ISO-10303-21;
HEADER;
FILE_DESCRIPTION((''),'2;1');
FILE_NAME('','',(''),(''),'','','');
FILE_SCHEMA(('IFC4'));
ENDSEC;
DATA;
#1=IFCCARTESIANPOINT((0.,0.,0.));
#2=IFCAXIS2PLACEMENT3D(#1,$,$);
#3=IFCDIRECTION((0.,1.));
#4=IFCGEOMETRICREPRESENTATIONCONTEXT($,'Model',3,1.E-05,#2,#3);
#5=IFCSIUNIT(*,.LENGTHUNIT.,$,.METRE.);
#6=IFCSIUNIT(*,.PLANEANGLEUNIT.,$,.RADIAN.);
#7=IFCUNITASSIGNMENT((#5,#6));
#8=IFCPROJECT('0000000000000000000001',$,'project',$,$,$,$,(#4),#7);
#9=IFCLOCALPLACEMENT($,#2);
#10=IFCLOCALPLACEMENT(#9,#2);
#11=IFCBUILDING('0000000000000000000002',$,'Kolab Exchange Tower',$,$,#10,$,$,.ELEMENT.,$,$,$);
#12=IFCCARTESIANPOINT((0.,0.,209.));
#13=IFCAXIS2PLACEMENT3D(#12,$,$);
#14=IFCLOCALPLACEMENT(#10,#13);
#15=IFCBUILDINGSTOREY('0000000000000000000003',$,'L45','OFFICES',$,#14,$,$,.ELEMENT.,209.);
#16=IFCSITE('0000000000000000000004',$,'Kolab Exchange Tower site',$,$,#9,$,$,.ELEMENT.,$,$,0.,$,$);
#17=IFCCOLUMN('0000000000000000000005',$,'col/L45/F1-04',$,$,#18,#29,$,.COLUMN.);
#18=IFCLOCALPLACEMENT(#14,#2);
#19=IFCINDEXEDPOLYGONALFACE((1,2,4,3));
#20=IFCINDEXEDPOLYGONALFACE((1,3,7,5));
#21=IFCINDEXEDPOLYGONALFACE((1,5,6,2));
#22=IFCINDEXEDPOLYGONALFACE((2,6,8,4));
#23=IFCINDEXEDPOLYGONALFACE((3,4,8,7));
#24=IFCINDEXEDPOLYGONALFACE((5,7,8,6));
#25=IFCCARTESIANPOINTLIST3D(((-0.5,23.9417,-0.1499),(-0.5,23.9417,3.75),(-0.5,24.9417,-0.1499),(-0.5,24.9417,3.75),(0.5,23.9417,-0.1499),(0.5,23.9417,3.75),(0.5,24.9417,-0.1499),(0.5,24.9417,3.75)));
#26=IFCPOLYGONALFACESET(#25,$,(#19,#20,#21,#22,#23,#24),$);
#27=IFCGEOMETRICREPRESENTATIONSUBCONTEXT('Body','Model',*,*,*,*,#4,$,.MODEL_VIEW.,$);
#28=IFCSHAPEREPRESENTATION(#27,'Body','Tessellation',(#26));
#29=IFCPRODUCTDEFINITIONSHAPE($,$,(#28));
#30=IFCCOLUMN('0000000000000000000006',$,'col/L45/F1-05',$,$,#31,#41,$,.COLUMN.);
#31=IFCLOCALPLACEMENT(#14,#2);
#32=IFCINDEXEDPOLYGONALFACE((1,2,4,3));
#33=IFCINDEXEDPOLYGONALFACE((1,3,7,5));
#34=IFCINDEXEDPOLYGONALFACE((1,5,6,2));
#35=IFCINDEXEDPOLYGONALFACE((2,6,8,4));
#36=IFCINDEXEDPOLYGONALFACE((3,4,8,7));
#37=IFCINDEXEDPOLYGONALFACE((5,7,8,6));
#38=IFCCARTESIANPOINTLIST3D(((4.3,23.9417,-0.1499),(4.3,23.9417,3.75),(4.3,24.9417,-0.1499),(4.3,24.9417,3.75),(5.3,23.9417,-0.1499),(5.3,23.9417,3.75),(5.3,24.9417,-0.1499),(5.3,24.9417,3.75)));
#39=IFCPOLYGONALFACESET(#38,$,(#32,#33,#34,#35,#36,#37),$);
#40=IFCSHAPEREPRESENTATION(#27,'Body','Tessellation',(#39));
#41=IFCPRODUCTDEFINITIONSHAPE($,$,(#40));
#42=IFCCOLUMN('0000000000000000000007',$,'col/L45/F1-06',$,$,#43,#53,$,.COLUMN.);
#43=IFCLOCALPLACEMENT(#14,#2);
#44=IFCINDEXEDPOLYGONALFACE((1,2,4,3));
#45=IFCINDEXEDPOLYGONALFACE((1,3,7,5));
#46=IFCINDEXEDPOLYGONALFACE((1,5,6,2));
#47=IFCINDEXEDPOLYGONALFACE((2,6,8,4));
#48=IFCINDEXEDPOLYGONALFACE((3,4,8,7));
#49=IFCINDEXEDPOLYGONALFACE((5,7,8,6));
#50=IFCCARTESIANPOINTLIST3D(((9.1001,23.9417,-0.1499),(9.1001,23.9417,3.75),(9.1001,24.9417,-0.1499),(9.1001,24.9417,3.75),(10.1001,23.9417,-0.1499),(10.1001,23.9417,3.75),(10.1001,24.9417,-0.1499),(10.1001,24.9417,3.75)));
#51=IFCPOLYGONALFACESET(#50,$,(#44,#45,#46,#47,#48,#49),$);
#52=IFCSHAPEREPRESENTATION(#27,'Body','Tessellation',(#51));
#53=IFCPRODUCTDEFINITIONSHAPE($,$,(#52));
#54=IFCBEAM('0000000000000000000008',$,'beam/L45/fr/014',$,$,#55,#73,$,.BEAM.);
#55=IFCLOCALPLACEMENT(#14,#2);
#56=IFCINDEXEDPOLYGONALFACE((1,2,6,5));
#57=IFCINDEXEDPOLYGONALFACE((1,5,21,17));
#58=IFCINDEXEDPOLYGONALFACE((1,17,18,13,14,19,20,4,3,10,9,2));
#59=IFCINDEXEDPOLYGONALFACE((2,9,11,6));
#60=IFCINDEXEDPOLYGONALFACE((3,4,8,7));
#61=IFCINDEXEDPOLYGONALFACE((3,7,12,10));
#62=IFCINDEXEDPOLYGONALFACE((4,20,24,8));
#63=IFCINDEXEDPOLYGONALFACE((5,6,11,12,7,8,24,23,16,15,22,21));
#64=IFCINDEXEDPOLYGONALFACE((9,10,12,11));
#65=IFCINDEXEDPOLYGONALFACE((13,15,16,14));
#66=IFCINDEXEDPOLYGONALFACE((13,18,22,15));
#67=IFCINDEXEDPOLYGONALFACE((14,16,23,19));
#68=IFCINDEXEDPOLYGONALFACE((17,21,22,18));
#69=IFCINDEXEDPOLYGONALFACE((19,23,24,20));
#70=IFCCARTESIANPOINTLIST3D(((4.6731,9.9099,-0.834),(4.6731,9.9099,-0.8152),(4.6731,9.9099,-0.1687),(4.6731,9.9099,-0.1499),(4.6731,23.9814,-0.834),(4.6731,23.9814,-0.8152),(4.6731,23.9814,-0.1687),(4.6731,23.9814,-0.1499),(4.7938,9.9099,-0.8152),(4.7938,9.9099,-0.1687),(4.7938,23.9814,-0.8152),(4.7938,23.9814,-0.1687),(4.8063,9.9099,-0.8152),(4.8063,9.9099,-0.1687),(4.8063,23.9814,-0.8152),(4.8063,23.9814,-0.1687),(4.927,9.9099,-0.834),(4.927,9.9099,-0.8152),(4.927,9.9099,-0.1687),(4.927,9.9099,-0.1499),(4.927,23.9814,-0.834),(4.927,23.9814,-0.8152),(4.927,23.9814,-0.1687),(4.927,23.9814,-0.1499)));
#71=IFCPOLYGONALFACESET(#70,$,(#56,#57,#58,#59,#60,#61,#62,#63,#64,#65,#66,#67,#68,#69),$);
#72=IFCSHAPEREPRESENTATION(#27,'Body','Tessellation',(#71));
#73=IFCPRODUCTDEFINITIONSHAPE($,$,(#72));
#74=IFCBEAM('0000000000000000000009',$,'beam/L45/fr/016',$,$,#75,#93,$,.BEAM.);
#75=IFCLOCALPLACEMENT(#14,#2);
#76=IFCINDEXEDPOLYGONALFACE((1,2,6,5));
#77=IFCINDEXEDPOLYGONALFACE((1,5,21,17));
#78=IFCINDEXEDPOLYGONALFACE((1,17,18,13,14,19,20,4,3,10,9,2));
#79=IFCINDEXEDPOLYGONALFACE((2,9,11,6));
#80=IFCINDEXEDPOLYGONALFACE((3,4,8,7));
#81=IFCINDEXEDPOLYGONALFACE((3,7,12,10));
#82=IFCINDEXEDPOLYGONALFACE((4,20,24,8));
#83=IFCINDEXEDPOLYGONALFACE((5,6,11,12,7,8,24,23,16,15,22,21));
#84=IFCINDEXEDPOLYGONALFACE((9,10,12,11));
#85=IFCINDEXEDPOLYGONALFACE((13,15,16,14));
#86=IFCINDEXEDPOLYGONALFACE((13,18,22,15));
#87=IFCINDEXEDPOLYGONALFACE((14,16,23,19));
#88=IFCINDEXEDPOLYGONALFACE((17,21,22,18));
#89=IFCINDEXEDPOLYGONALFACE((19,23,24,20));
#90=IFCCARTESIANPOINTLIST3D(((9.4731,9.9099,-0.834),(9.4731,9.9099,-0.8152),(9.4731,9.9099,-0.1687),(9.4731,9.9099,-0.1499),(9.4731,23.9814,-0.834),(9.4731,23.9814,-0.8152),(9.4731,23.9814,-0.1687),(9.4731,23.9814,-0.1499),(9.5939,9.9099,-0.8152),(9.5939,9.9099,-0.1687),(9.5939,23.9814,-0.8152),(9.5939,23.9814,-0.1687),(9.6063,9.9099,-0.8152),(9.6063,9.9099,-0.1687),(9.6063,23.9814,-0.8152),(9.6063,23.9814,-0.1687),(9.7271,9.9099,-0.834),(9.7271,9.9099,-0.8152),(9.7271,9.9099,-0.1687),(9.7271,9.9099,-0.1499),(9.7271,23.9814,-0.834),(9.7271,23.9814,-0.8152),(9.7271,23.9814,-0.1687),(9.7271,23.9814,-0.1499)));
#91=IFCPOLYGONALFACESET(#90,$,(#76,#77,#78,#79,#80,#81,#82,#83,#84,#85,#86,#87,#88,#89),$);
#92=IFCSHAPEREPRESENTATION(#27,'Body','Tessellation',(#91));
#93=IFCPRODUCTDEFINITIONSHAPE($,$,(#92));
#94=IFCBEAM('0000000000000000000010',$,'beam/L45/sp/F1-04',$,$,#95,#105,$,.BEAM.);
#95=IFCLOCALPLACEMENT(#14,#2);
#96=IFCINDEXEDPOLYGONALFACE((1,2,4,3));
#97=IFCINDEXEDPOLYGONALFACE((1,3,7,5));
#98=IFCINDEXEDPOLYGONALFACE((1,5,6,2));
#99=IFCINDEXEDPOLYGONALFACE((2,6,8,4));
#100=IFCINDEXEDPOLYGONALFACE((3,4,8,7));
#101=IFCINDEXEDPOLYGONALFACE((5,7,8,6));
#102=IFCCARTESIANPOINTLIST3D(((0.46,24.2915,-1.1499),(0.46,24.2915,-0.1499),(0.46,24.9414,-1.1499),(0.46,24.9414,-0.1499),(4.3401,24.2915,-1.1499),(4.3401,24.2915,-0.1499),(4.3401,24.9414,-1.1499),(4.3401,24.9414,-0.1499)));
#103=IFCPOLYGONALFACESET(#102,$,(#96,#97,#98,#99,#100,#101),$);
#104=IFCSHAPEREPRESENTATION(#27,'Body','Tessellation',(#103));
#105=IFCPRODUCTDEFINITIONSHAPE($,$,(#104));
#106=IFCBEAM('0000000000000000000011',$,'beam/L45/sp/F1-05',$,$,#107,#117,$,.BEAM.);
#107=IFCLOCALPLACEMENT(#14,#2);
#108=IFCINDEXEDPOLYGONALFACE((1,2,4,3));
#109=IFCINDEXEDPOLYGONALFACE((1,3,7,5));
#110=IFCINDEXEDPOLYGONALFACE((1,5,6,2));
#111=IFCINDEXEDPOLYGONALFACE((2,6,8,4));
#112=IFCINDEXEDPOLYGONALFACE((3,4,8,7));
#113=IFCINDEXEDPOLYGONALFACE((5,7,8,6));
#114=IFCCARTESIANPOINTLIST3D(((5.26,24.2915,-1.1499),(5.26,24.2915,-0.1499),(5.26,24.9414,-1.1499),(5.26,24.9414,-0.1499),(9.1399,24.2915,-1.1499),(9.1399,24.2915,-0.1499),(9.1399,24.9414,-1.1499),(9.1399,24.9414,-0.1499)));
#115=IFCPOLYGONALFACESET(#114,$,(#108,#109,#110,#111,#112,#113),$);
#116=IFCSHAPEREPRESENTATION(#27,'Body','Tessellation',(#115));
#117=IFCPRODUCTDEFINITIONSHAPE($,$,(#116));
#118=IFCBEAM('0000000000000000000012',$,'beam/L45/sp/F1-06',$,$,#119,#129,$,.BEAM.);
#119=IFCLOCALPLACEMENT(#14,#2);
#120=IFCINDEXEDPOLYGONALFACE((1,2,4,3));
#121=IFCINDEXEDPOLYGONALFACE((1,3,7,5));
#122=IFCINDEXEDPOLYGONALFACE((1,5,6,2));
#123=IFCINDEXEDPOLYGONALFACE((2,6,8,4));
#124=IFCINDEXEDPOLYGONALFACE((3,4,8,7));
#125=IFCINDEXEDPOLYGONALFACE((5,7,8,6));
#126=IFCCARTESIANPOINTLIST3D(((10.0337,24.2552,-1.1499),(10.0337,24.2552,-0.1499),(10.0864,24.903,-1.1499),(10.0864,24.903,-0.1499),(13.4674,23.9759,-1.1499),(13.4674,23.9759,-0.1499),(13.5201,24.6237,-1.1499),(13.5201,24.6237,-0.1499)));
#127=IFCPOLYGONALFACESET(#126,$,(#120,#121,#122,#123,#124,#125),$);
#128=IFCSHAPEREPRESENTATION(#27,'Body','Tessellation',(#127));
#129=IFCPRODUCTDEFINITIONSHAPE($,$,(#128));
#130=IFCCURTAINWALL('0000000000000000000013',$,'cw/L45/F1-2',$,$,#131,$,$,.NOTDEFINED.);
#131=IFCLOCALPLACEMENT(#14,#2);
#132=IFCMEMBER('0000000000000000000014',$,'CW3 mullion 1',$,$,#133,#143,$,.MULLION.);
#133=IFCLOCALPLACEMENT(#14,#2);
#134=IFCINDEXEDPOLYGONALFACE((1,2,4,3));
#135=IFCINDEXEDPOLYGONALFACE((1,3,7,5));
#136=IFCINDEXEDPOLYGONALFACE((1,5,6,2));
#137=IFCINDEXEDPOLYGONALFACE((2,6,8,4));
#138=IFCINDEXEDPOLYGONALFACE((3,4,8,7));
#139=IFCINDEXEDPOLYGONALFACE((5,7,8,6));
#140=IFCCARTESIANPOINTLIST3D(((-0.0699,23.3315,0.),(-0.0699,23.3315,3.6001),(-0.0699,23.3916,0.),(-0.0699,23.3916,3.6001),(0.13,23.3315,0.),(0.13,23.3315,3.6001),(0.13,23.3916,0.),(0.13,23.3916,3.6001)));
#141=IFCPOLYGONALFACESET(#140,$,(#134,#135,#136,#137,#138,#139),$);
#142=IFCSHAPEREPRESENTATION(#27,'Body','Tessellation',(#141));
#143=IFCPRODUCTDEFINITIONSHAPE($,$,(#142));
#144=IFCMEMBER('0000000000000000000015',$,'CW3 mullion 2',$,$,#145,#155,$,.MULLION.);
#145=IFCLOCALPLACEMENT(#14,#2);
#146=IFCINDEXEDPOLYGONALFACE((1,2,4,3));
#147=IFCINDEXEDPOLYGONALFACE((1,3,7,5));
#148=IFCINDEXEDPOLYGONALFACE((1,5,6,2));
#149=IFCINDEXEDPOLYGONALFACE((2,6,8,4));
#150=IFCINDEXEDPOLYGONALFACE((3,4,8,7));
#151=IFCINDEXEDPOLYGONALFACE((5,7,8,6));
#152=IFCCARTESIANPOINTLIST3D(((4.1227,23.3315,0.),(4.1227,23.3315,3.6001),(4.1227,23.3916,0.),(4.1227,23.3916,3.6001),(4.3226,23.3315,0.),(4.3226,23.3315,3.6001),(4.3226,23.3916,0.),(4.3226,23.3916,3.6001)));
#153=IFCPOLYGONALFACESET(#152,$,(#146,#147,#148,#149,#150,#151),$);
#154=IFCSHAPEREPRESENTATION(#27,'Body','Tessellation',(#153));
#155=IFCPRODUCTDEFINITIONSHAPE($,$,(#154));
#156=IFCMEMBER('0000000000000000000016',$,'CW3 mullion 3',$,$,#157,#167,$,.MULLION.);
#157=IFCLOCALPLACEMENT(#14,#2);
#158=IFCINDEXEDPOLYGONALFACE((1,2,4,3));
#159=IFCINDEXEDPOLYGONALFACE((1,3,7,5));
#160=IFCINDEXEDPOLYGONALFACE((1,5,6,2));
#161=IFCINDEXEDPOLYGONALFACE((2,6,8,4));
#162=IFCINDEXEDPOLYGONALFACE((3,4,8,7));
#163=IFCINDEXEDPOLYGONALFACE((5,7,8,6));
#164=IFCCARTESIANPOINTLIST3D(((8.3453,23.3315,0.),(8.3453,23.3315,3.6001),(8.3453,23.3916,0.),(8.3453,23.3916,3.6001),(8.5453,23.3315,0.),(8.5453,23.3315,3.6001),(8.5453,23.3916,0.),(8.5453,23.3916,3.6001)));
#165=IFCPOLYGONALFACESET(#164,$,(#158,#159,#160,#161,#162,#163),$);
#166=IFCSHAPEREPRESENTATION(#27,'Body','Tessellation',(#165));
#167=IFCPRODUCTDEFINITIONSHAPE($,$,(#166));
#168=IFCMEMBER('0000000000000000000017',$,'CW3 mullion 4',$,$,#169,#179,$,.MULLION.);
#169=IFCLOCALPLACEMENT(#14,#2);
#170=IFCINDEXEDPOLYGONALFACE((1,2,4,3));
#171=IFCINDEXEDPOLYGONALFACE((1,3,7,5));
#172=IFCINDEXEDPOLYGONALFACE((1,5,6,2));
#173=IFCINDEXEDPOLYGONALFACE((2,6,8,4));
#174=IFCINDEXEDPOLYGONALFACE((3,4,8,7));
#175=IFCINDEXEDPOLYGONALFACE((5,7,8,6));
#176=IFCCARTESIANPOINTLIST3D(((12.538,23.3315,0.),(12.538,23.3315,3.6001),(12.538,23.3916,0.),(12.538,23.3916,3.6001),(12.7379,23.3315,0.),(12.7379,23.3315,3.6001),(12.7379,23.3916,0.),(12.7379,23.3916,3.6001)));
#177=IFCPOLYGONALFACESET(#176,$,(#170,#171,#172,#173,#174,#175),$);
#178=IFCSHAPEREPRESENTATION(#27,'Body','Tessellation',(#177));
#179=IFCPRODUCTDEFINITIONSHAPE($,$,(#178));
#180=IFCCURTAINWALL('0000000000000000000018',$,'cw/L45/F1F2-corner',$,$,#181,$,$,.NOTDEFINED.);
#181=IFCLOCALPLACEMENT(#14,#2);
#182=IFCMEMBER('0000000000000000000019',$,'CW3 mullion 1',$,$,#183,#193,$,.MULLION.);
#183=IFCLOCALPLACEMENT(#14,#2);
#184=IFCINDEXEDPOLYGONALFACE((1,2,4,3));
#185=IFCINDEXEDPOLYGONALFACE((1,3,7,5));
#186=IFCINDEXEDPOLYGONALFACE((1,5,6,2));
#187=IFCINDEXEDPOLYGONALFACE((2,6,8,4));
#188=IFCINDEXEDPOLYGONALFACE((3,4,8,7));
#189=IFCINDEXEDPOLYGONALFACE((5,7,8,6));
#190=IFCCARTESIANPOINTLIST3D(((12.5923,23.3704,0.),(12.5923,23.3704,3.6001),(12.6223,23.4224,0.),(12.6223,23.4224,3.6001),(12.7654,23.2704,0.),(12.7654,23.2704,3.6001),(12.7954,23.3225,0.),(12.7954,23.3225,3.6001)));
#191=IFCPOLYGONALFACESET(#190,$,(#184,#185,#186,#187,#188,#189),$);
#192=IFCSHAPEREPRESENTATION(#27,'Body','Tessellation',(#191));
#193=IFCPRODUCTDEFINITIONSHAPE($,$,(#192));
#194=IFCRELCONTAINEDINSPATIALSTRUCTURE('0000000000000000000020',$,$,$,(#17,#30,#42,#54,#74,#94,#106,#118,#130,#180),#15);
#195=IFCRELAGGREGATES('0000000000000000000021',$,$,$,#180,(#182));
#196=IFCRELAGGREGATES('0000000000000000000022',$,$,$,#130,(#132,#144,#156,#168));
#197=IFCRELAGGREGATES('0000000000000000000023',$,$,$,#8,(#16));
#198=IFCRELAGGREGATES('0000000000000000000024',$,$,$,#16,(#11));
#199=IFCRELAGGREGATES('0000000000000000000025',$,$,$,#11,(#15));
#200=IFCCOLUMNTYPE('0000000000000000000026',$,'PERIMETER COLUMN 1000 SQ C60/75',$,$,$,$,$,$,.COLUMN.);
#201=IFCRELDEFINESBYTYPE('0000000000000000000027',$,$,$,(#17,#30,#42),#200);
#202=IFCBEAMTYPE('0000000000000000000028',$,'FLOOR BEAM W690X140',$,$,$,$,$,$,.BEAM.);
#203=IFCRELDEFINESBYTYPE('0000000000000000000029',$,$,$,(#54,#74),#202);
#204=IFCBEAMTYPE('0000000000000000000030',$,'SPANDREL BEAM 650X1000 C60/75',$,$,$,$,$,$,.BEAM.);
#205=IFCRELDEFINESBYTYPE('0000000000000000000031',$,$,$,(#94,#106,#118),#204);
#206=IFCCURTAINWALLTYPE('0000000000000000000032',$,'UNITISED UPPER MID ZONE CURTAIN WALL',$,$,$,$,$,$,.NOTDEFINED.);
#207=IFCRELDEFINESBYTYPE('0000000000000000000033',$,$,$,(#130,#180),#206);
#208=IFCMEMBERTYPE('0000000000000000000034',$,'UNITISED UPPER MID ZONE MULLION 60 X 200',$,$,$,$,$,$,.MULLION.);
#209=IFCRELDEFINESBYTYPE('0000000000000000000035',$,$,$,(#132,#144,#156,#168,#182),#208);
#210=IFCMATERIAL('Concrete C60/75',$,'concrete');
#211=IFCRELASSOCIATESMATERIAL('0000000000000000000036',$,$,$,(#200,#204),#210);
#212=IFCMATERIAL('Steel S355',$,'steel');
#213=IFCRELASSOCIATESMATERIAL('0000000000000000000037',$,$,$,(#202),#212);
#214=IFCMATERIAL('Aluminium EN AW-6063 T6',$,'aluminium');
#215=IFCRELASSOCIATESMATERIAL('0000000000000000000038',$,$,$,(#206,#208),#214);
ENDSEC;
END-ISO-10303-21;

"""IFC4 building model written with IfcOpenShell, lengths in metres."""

from ifc_helpers import new_model, si_unit, direction, frame, origin, origin_2d, place, context, subcontext, project, spatial, rectangle, i_section, extrude, material, material_profile, profile_set, type_object, element, aggregate, save


model = new_model("IFC4")

# Units and contexts
model_context = context("Model", 3, precision=1e-05, world=origin(), true_north=direction((0.0, 1.0)))
body_context = subcontext(model_context, "Body", "Model", "MODEL_VIEW")
ifc_project = project(units=[si_unit("LENGTHUNIT", "METRE"), si_unit("PLANEANGLEUNIT", "RADIAN")], contexts=[model_context])

# Site, building, storey
site_placement = place(None, origin())
site = spatial("IfcSite", under=ifc_project, at=site_placement, Name="Kolab Exchange Tower site", CompositionType="ELEMENT", RefElevation=0.0)
building_placement = place(site_placement, origin())
building = spatial("IfcBuilding", under=site, at=building_placement, Name="Kolab Exchange Tower", CompositionType="ELEMENT")
storey_placement = place(building_placement, frame((0.0, 0.0, 209.0)))
storey = spatial("IfcBuildingStorey", under=building, at=storey_placement, Name="L45", Description="OFFICES", CompositionType="ELEMENT", Elevation=209.0)

# Columns
ifc_material_1 = material(Name="Concrete C60/75", Category="concrete")
ifc_material_profile_1 = material_profile(ifc_material_1, rectangle(XDim=1.0, YDim=1.0, at=origin_2d()), Name="RC1000")
ifc_profile_set_1 = profile_set([ifc_material_profile_1], Name="Concrete C60/75")
column_type = type_object("IfcColumnType", Name="PERIMETER COLUMN 1000 SQ C60/75", PredefinedType="COLUMN", material=ifc_profile_set_1)
for number, where, z_axis, x_axis, name in (
    (1, (0.0, 24.4417, -0.1499), (0.0, 0.0, 1.0), (1.0, 0.0, 0.0), "col/L45/F1-04"),
    (2, (4.8, 24.4417, -0.1499), (0.0, 0.0, 1.0), (1.0, 0.0, 0.0), "col/L45/F1-05"),
    (3, (9.6001, 24.4417, -0.1499), (0.0, 0.0, 1.0), (1.0, 0.0, 0.0), "col/L45/F1-06"),
):
    element("IfcColumn", number, at=place(storey_placement, frame(where, z_axis=z_axis, x_axis=x_axis)), inside=storey, type_object=column_type, Name=name, PredefinedType="COLUMN", context=body_context, shape_type="SweptSolid", body=[
        extrude(rectangle(XDim=1.0, YDim=1.0, at=origin_2d()), origin(), (0.0, 0.0, 1.0), 3.8999),
    ])

# Beams
ifc_material_2 = material(Name="Steel S355", Category="steel")
ifc_material_profile_2 = material_profile(ifc_material_2, i_section(OverallWidth=0.2539, OverallDepth=0.6841, WebThickness=0.0125, FlangeThickness=0.0188, at=origin_2d()), Name="W690X140")
ifc_profile_set_2 = profile_set([ifc_material_profile_2], Name="Steel S355")
beam_type_1 = type_object("IfcBeamType", Name="FLOOR BEAM W690X140", PredefinedType="BEAM", material=ifc_profile_set_2)
for number, where, z_axis, x_axis, name in (
    (4, (4.8, 9.9099, -0.4919), (0.0, 1.0, 0.0), (-1.0, 0.0, 0.0), "beam/L45/fr/014"),
    (5, (9.6001, 9.9099, -0.4919), (0.0, 1.0, 0.0), (-1.0, 0.0, 0.0), "beam/L45/fr/016"),
):
    element("IfcBeam", number, at=place(storey_placement, frame(where, z_axis=z_axis, x_axis=x_axis)), inside=storey, type_object=beam_type_1, Name=name, PredefinedType="BEAM", context=body_context, shape_type="SweptSolid", body=[
        extrude(i_section(OverallWidth=0.2539, OverallDepth=0.6841, WebThickness=0.0125, FlangeThickness=0.0188, at=origin_2d()), origin(), (0.0, 0.0, 1.0), 14.0715),
    ])
ifc_material_profile_3 = material_profile(ifc_material_1, rectangle(XDim=0.6499, YDim=1.0, at=origin_2d()), Name="RC650X1000")
ifc_profile_set_3 = profile_set([ifc_material_profile_3], Name="Concrete C60/75")
beam_type_2 = type_object("IfcBeamType", Name="SPANDREL BEAM 650X1000 C60/75", PredefinedType="BEAM", material=ifc_profile_set_3)
beam_1_placement = place(storey_placement, frame((0.46, 24.6165, -0.6499), z_axis=(1.0, 0.0, 0.0), x_axis=(0.0, 1.0, 0.0)))
element("IfcBeam", 6, at=beam_1_placement, inside=storey, type_object=beam_type_2, Name="beam/L45/sp/F1-04", PredefinedType="BEAM", context=body_context, shape_type="SweptSolid", body=[
    extrude(rectangle(XDim=0.6499, YDim=1.0, at=origin_2d()), origin(), (0.0, 0.0, 1.0), 3.8801),
])
beam_2_placement = place(storey_placement, frame((5.26, 24.6165, -0.6499), z_axis=(1.0, 0.0, 0.0), x_axis=(0.0, 1.0, 0.0)))
element("IfcBeam", 7, at=beam_2_placement, inside=storey, type_object=beam_type_2, Name="beam/L45/sp/F1-05", PredefinedType="BEAM", context=body_context, shape_type="SweptSolid", body=[
    extrude(rectangle(XDim=0.6499, YDim=1.0, at=origin_2d()), origin(), (0.0, 0.0, 1.0), 3.8799),
])
beam_3_placement = place(storey_placement, frame((10.0601, 24.5791, -0.6499), z_axis=(0.996708, -0.081069, 0.0), x_axis=(0.081069, 0.996708, 0.0)))
element("IfcBeam", 8, at=beam_3_placement, inside=storey, type_object=beam_type_2, Name="beam/L45/sp/F1-06", PredefinedType="BEAM", context=body_context, shape_type="SweptSolid", body=[
    extrude(rectangle(XDim=0.6499, YDim=1.0, at=origin_2d()), origin(), (0.0, 0.0, 1.0), 3.4451),
])

# Curtain wall, members
ifc_material_3 = material(Name="Aluminium EN AW-6063 T6", Category="aluminium")
curtain_wall_type = type_object("IfcCurtainWallType", Name="UNITISED UPPER MID ZONE CURTAIN WALL", PredefinedType="NOTDEFINED", material=ifc_material_3)
curtain_wall_1_placement = place(storey_placement, origin())
curtain_wall_1 = element("IfcCurtainWall", 9, at=curtain_wall_1_placement, inside=storey, type_object=curtain_wall_type, Name="cw/L45/F1-2", PredefinedType="NOTDEFINED")
ifc_material_profile_4 = material_profile(ifc_material_3, rectangle(XDim=0.0601, YDim=0.2, at=origin_2d()), Name="RECT 60X200")
ifc_profile_set_4 = profile_set([ifc_material_profile_4], Name="Aluminium EN AW-6063 T6")
member_type_1 = type_object("IfcMemberType", Name="UNITISED UPPER MID ZONE MULLION 60 X 200", PredefinedType="MULLION", material=ifc_profile_set_4)
member_1_placement = place(storey_placement, frame((0.03, 23.3616, 0.0), z_axis=(0.0, 0.0, 1.0), x_axis=(0.0, 1.0, 0.0)))
member_1 = element("IfcMember", 10, at=member_1_placement, type_object=member_type_1, Name="CW3 mullion 1", PredefinedType="MULLION", context=body_context, shape_type="SweptSolid", body=[
    extrude(rectangle(XDim=0.0601, YDim=0.2, at=origin_2d()), origin(), (0.0, 0.0, 1.0), 3.6001),
])
member_2_placement = place(storey_placement, frame((4.2227, 23.3616, 0.0), z_axis=(0.0, 0.0, 1.0), x_axis=(0.0, 1.0, 0.0)))
member_2 = element("IfcMember", 11, at=member_2_placement, type_object=member_type_1, Name="CW3 mullion 2", PredefinedType="MULLION", context=body_context, shape_type="SweptSolid", body=[
    extrude(rectangle(XDim=0.0601, YDim=0.2, at=origin_2d()), origin(), (0.0, 0.0, 1.0), 3.6001),
])
member_3_placement = place(storey_placement, frame((8.4453, 23.3616, 0.0), z_axis=(0.0, 0.0, 1.0), x_axis=(0.0, 1.0, 0.0)))
member_3 = element("IfcMember", 12, at=member_3_placement, type_object=member_type_1, Name="CW3 mullion 3", PredefinedType="MULLION", context=body_context, shape_type="SweptSolid", body=[
    extrude(rectangle(XDim=0.0601, YDim=0.2, at=origin_2d()), origin(), (0.0, 0.0, 1.0), 3.6001),
])
member_4_placement = place(storey_placement, frame((12.6379, 23.3616, 0.0), z_axis=(0.0, 0.0, 1.0), x_axis=(0.0, 1.0, 0.0)))
member_4 = element("IfcMember", 13, at=member_4_placement, type_object=member_type_1, Name="CW3 mullion 4", PredefinedType="MULLION", context=body_context, shape_type="SweptSolid", body=[
    extrude(rectangle(XDim=0.0601, YDim=0.2, at=origin_2d()), origin(), (0.0, 0.0, 1.0), 3.6001),
])

# Curtain wall, member
curtain_wall_2_placement = place(storey_placement, origin())
curtain_wall_2 = element("IfcCurtainWall", 14, at=curtain_wall_2_placement, inside=storey, type_object=curtain_wall_type, Name="cw/L45/F1F2-corner", PredefinedType="NOTDEFINED")
member_5_placement = place(storey_placement, frame((12.6938, 23.3464, 0.0), z_axis=(0.0, 0.0, 1.0), x_axis=(0.5, 0.866025, 0.0)))
member_5 = element("IfcMember", 15, at=member_5_placement, type_object=member_type_1, Name="CW3 mullion 1", PredefinedType="MULLION", context=body_context, shape_type="SweptSolid", body=[
    extrude(rectangle(XDim=0.0601, YDim=0.2, at=origin_2d()), origin(), (0.0, 0.0, 1.0), 3.6001),
])
aggregate(curtain_wall_2, [member_5])

aggregate(curtain_wall_1, [member_1, member_2, member_3, member_4])

save(model, "model.ifc")
